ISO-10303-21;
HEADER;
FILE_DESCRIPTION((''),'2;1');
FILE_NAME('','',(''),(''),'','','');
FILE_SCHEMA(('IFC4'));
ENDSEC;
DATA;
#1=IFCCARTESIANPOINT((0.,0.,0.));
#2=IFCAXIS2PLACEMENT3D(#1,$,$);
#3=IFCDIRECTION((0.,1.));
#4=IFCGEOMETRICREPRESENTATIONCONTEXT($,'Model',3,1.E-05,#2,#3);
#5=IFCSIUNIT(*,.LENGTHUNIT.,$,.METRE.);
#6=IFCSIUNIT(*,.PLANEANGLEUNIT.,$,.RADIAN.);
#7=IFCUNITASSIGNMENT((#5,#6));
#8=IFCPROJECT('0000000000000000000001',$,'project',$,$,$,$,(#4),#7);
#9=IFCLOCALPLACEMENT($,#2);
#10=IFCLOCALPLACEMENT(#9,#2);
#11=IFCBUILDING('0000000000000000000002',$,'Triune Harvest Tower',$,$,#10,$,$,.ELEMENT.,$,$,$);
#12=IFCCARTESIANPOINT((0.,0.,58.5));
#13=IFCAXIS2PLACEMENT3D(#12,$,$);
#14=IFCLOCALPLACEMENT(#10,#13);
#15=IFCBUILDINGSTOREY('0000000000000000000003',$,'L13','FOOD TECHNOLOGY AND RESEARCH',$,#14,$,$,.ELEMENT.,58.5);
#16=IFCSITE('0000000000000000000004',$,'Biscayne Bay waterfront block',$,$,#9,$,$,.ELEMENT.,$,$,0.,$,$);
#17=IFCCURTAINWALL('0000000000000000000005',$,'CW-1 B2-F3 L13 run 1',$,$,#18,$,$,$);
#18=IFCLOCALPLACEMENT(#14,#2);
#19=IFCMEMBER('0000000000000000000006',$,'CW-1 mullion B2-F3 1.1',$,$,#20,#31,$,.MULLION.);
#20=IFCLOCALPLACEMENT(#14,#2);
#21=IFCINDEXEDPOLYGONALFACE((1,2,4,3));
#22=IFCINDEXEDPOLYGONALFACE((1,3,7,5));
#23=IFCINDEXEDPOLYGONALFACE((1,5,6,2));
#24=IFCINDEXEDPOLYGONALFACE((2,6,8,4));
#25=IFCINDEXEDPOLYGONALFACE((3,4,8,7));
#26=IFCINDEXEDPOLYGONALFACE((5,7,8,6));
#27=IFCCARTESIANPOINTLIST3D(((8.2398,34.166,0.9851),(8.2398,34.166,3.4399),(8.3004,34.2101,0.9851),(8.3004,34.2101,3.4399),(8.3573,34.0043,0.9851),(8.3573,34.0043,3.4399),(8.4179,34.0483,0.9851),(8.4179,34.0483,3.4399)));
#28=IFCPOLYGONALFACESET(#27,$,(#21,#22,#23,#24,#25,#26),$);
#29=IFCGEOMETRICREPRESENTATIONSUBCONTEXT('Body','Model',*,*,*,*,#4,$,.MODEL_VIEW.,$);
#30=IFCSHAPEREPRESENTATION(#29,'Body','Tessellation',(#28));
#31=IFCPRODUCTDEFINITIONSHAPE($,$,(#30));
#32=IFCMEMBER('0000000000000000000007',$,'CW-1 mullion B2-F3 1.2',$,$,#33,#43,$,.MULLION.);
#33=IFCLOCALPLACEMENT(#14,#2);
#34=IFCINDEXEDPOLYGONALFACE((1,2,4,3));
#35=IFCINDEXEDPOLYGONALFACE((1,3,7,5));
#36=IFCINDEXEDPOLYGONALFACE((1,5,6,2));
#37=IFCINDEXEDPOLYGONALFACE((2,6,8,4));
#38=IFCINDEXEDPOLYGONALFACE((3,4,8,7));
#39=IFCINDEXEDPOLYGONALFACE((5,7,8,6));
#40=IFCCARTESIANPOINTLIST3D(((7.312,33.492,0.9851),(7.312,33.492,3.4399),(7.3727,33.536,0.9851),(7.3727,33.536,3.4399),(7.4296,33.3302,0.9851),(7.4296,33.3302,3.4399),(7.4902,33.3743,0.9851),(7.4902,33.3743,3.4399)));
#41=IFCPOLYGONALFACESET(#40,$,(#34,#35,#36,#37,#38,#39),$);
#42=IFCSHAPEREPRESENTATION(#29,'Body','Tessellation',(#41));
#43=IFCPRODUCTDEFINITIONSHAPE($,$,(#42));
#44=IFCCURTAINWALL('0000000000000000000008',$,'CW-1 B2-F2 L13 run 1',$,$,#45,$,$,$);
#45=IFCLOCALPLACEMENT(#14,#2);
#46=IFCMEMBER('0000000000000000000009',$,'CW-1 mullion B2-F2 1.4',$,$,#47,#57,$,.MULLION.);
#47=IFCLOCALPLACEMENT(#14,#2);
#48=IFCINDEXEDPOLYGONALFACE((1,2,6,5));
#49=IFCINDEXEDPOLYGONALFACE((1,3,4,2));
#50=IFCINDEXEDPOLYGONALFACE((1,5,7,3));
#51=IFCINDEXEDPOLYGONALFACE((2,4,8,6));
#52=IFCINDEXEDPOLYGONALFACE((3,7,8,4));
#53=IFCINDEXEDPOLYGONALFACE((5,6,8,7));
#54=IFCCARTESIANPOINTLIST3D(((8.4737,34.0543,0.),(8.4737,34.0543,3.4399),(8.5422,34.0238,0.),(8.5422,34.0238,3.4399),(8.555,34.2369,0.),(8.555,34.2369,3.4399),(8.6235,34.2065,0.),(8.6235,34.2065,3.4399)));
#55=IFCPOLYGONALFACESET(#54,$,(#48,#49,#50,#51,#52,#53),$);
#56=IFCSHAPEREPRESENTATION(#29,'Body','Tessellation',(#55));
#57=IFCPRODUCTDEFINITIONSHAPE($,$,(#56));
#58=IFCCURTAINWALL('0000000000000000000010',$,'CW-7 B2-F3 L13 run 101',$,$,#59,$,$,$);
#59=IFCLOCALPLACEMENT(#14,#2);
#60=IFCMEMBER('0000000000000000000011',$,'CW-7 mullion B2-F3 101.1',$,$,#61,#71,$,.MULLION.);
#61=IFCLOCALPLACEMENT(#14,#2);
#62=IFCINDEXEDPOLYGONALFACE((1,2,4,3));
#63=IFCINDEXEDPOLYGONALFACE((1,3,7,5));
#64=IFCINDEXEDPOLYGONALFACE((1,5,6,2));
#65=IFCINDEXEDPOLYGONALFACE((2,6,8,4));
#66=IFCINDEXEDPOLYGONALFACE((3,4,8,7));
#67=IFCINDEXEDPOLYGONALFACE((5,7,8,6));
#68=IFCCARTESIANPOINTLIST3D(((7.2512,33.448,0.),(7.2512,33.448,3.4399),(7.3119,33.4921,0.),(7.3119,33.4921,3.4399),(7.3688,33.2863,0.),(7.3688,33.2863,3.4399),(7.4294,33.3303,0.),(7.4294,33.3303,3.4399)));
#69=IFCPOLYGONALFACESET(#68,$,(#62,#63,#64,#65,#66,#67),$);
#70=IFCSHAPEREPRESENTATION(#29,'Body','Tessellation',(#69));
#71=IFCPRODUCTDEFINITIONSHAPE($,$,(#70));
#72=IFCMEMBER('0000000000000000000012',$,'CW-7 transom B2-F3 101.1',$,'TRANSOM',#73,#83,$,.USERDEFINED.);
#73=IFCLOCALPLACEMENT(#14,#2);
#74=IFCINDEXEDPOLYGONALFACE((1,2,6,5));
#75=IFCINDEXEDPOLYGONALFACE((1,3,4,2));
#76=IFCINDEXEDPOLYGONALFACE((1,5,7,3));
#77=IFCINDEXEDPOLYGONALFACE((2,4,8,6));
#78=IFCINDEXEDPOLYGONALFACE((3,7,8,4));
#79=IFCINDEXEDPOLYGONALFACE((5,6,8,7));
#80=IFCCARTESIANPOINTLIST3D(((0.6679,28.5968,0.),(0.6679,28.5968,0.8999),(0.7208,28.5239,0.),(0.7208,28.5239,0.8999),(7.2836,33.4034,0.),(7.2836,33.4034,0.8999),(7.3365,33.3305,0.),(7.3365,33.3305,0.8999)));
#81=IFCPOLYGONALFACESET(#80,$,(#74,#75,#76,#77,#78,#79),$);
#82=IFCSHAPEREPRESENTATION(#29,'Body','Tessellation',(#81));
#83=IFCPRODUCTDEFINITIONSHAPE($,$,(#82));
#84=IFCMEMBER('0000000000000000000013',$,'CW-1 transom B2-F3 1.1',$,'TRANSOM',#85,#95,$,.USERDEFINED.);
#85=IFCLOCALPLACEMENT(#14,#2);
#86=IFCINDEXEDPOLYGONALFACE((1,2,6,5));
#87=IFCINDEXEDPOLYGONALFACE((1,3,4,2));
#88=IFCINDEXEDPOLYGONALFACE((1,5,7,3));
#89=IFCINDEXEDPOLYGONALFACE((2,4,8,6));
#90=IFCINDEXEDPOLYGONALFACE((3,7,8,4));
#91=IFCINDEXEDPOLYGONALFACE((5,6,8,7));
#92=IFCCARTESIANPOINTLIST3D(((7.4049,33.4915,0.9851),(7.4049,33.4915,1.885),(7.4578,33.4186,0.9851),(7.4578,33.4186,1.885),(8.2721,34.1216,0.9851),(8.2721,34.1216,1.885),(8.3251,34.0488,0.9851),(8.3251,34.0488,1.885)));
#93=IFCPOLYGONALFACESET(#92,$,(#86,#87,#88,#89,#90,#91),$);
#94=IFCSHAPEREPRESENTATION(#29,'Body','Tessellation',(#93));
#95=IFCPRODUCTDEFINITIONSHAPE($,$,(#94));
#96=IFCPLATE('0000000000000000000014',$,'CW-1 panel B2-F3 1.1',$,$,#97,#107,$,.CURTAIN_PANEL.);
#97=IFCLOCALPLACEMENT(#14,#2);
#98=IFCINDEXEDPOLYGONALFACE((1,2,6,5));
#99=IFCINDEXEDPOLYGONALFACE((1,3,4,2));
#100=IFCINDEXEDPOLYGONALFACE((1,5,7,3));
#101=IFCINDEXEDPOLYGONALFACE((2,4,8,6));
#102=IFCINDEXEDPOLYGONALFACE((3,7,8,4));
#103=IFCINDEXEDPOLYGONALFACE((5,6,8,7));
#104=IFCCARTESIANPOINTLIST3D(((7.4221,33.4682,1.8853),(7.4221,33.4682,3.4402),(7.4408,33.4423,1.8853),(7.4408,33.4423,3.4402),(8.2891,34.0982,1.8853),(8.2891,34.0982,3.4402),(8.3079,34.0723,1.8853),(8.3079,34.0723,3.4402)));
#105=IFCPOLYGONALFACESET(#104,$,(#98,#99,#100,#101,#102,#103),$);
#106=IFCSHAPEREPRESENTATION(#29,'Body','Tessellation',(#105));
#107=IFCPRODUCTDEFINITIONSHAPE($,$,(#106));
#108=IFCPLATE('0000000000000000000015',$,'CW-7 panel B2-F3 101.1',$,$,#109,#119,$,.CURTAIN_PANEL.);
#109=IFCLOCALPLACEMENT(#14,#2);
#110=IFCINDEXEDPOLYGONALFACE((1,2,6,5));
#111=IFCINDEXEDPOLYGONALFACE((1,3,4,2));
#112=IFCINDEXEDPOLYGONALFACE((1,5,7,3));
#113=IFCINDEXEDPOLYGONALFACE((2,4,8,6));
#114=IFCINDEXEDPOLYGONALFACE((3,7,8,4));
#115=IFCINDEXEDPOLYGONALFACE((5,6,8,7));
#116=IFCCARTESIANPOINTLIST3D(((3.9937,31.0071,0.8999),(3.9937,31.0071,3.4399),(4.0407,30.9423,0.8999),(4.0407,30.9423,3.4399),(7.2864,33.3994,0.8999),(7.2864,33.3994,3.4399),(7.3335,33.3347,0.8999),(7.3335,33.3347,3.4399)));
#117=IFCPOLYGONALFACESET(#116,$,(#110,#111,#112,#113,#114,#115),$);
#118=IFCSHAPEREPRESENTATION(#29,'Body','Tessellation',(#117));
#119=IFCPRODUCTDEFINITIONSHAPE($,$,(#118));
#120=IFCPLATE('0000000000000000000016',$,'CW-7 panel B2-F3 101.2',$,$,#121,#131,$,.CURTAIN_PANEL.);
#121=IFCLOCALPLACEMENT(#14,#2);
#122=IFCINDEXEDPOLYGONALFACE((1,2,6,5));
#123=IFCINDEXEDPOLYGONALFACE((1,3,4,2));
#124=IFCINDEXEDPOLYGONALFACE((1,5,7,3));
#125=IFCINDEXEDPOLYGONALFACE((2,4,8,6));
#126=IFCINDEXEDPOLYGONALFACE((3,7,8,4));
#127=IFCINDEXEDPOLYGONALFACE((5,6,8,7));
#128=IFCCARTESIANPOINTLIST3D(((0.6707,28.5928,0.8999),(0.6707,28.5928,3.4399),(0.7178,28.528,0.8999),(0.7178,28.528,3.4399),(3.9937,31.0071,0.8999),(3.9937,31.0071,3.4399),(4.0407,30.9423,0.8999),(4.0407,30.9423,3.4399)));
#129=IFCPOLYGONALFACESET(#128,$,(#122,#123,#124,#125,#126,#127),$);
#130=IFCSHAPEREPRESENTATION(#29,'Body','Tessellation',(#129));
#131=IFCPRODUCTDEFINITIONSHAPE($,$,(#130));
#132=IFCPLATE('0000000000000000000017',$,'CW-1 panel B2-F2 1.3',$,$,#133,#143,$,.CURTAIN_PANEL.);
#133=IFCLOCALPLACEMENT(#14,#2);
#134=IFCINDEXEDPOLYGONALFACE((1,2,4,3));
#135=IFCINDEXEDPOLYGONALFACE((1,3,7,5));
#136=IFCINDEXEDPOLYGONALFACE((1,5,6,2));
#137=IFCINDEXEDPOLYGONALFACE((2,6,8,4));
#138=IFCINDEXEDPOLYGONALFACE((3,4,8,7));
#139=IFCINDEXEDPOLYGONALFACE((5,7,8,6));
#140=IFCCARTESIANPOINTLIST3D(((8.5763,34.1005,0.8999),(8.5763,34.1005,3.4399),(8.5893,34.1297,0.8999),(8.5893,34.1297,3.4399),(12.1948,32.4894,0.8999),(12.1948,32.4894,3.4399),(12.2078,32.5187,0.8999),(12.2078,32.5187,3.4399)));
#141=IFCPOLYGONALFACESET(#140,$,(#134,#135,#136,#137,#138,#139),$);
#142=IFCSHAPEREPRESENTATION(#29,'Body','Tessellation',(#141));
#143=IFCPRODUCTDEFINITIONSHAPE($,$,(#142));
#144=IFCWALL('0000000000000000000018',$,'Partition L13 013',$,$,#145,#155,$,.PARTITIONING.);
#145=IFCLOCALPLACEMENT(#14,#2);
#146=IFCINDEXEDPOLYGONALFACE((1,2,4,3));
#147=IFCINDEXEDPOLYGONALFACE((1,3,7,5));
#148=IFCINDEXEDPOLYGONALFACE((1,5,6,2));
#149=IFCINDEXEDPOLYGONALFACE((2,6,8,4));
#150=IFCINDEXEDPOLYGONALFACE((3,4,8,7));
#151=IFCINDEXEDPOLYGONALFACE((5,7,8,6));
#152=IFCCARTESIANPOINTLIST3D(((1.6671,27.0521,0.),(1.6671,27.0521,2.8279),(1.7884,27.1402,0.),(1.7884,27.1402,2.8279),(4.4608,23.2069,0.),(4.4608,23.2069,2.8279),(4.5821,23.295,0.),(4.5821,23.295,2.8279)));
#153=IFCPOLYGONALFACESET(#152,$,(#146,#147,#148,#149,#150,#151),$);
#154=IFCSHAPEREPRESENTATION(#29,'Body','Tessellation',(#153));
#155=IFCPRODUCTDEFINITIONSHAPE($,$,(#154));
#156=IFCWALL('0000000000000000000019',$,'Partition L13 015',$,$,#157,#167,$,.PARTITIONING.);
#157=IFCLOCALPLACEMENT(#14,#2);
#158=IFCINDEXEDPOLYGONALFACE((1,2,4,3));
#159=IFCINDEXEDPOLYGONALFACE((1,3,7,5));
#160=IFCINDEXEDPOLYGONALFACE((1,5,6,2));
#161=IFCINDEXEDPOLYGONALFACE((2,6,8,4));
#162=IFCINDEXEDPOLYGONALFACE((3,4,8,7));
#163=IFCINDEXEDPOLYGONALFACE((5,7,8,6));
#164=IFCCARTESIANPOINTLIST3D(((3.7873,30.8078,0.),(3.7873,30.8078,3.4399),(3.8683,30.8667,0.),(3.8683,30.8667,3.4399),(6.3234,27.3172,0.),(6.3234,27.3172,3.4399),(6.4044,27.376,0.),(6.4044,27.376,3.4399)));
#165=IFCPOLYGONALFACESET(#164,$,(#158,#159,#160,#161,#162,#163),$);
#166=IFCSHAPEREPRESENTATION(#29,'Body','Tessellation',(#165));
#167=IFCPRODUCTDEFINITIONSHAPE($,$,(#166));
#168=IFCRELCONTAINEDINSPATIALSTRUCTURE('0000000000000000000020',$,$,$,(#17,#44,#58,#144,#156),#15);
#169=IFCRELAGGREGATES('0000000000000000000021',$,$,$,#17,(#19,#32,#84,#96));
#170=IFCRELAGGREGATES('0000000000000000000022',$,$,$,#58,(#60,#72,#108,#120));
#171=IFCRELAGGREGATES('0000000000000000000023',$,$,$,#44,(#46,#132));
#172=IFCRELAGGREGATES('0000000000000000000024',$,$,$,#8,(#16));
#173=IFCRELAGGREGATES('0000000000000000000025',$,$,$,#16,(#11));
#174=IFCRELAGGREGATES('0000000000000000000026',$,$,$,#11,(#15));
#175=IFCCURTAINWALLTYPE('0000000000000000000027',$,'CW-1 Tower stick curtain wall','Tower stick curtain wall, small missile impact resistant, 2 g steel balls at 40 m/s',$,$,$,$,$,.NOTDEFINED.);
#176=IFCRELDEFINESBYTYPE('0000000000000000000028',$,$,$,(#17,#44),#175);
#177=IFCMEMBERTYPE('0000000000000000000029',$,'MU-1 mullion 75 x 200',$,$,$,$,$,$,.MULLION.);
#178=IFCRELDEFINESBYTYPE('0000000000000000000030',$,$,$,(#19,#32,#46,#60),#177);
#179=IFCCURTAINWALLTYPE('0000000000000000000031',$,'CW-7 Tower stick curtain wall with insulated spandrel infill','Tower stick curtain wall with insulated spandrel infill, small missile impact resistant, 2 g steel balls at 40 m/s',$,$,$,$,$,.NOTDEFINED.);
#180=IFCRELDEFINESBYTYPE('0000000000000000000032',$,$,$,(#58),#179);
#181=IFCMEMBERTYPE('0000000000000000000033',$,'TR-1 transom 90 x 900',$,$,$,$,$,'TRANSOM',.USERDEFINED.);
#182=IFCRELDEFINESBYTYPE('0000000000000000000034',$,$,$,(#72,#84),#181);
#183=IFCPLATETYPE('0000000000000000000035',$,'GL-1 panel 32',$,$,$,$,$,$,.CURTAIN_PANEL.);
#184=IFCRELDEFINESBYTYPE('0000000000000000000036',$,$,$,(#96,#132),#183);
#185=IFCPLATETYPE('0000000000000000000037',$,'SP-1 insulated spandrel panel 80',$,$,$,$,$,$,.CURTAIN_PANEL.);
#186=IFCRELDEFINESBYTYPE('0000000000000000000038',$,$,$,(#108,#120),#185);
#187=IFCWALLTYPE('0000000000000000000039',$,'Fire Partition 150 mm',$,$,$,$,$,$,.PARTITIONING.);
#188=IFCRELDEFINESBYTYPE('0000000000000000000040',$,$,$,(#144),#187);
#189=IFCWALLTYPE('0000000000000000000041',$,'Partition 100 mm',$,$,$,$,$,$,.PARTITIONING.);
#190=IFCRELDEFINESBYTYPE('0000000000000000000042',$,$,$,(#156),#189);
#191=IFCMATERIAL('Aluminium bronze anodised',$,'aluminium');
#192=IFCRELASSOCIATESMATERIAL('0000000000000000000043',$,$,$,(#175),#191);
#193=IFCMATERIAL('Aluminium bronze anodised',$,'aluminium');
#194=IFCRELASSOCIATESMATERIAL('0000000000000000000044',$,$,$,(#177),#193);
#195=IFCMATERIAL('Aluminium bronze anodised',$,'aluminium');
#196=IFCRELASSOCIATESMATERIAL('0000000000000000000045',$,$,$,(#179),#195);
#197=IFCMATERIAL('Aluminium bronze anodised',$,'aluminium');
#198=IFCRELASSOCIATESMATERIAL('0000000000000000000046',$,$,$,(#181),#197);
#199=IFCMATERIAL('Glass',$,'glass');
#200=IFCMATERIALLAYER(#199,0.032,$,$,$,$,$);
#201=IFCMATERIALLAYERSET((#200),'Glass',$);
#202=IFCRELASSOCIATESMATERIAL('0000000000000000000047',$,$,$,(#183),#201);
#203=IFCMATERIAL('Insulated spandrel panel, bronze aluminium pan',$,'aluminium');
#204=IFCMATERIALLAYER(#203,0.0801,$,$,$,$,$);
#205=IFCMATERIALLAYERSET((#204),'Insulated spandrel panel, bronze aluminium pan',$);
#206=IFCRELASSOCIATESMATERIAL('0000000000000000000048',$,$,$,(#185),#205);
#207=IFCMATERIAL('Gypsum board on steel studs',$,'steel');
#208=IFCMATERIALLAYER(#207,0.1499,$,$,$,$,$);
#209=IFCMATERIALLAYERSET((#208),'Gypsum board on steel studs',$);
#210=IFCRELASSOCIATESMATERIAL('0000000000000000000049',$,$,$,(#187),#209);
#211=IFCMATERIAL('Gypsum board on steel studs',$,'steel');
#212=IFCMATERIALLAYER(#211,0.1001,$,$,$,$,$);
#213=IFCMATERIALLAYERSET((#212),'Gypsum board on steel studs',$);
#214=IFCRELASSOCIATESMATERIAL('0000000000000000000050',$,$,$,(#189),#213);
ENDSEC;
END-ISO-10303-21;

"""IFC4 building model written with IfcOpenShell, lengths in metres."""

from ifc_helpers import new_model, si_unit, direction, frame, frame_2d, origin, origin_2d, place, context, subcontext, project, spatial, rectangle, extrude, source, transform, mapped, material, layer, layer_set, material_profile, profile_set, type_object, element, aggregate, save


model = new_model("IFC4")

# Units and contexts
model_context = context("Model", 3, precision=1e-05, world=origin(), true_north=direction((0.0, 1.0)))
body_context = subcontext(model_context, "Body", "Model", "MODEL_VIEW")
ifc_project = project(units=[si_unit("LENGTHUNIT", "METRE"), si_unit("PLANEANGLEUNIT", "RADIAN")], contexts=[model_context])

# Site, building, storey
site_placement = place(None, origin())
site = spatial("IfcSite", under=ifc_project, at=site_placement, Name="Biscayne Bay waterfront block", CompositionType="ELEMENT", RefElevation=0.0)
building_placement = place(site_placement, origin())
building = spatial("IfcBuilding", under=site, at=building_placement, Name="Triune Harvest Tower", CompositionType="ELEMENT")
storey_placement = place(building_placement, frame((0.0, 0.0, 58.5)))
storey = spatial("IfcBuildingStorey", under=building, at=storey_placement, Name="L13", Description="FOOD TECHNOLOGY AND RESEARCH", CompositionType="ELEMENT", Elevation=58.5)

# Curtain wall, members
ifc_material_1 = material(Name="Aluminium bronze anodised", Category="aluminium")
curtain_wall_type_1 = type_object("IfcCurtainWallType", Name="CW-1 Tower stick curtain wall", Description="Tower stick curtain wall, small missile impact resistant, 2 g steel balls at 40 m/s", PredefinedType="NOTDEFINED", material=ifc_material_1)
curtain_wall_1_placement = place(storey_placement, origin())
curtain_wall_1 = element("IfcCurtainWall", 1, at=curtain_wall_1_placement, inside=storey, type_object=curtain_wall_type_1, Name="CW-1 B2-F3 L13 run 1")
ifc_material_2 = material(Name="Aluminium bronze anodised", Category="aluminium")
ifc_material_profile_1 = material_profile(ifc_material_2, rectangle(XDim=0.2, YDim=0.075, at=origin_2d()), Name="MU-1 mullion 75 x 200")
ifc_profile_set_1 = profile_set([ifc_material_profile_1], Name="Aluminium bronze anodised")
member_type_1 = type_object("IfcMemberType", Name="MU-1 mullion 75 x 200", PredefinedType="MULLION", material=ifc_profile_set_1)
shared_shape_1 = source(origin(), body_context, "Body", "SweptSolid", [
    extrude(rectangle(XDim=0.2, YDim=0.075, at=origin_2d()), origin(), (0.0, 0.0, 1.0), 2.4548),
])
member_1_placement = place(storey_placement, frame((8.3289, 34.1072, 0.9851), z_axis=(0.0, 0.0, 1.0), x_axis=(0.587792, -0.809012, 0.0)))
member_1 = element("IfcMember", 2, at=member_1_placement, type_object=member_type_1, Name="CW-1 mullion B2-F3 1.1", PredefinedType="MULLION", context=body_context, shape_type="MappedRepresentation", body=[
    mapped(shared_shape_1, transform((0.0, 0.0, 0.0), scale=1.0)),
])
member_2_placement = place(storey_placement, frame((7.4011, 33.4331, 0.9851), z_axis=(0.0, 0.0, 1.0), x_axis=(0.587792, -0.809012, 0.0)))
member_2 = element("IfcMember", 3, at=member_2_placement, type_object=member_type_1, Name="CW-1 mullion B2-F3 1.2", PredefinedType="MULLION", context=body_context, shape_type="MappedRepresentation", body=[
    mapped(shared_shape_1, transform((0.0, 0.0, 0.0), scale=1.0)),
])

# Curtain wall, member
curtain_wall_2_placement = place(storey_placement, origin())
curtain_wall_2 = element("IfcCurtainWall", 4, at=curtain_wall_2_placement, inside=storey, type_object=curtain_wall_type_1, Name="CW-1 B2-F2 L13 run 1")
shared_shape_2 = source(origin(), body_context, "Body", "SweptSolid", [
    extrude(rectangle(XDim=0.2, YDim=0.075, at=origin_2d()), origin(), (0.0, 0.0, 1.0), 3.4399),
])
member_3_placement = place(storey_placement, frame((8.5486, 34.1304, 0.0), z_axis=(0.0, 0.0, 1.0), x_axis=(-0.406734, -0.913547, 0.0)))
member_3 = element("IfcMember", 5, at=member_3_placement, type_object=member_type_1, Name="CW-1 mullion B2-F2 1.4", PredefinedType="MULLION", context=body_context, shape_type="MappedRepresentation", body=[
    mapped(shared_shape_2, transform((0.0, 0.0, 0.0), scale=1.0)),
])

# Curtain wall, members
ifc_material_3 = material(Name="Aluminium bronze anodised", Category="aluminium")
curtain_wall_type_2 = type_object("IfcCurtainWallType", Name="CW-7 Tower stick curtain wall with insulated spandrel infill", Description="Tower stick curtain wall with insulated spandrel infill, small missile impact resistant, 2 g steel balls at 40 m/s", PredefinedType="NOTDEFINED", material=ifc_material_3)
curtain_wall_3_placement = place(storey_placement, origin())
curtain_wall_3 = element("IfcCurtainWall", 6, at=curtain_wall_3_placement, inside=storey, type_object=curtain_wall_type_2, Name="CW-7 B2-F3 L13 run 101")
member_4_placement = place(storey_placement, frame((7.3403, 33.3892, 0.0), z_axis=(0.0, 0.0, 1.0), x_axis=(0.587783, -0.809018, 0.0)))
member_4 = element("IfcMember", 7, at=member_4_placement, type_object=member_type_1, Name="CW-7 mullion B2-F3 101.1", PredefinedType="MULLION", context=body_context, shape_type="MappedRepresentation", body=[
    mapped(shared_shape_2, transform((0.0, 0.0, 0.0), scale=1.0)),
])
ifc_material_4 = material(Name="Aluminium bronze anodised", Category="aluminium")
ifc_material_profile_2 = material_profile(ifc_material_4, rectangle(XDim=0.0901, YDim=0.8999, at=origin_2d()), Name="TR-1 transom 90 x 900")
ifc_profile_set_2 = profile_set([ifc_material_profile_2], Name="Aluminium bronze anodised")
member_type_2 = type_object("IfcMemberType", Name="TR-1 transom 90 x 900", ElementType="TRANSOM", PredefinedType="USERDEFINED", material=ifc_profile_set_2)
shared_shape_3 = source(origin(), body_context, "Body", "SweptSolid", [
    extrude(rectangle(XDim=0.0901, YDim=0.8999, at=origin_2d()), origin(), (0.0, 0.0, 1.0), 8.1775),
])
member_5_placement = place(storey_placement, frame((7.3101, 33.3669, 0.45), z_axis=(-0.809015, -0.587788, 0.0), x_axis=(0.587788, -0.809015, 0.0)))
member_5 = element("IfcMember", 8, at=member_5_placement, type_object=member_type_2, Name="CW-7 transom B2-F3 101.1", ObjectType="TRANSOM", PredefinedType="USERDEFINED", context=body_context, shape_type="MappedRepresentation", body=[
    mapped(shared_shape_3, transform((0.0, 0.0, 0.0), scale=1.0)),
])

# Member
shared_shape_4 = source(origin(), body_context, "Body", "SweptSolid", [
    extrude(rectangle(XDim=0.0901, YDim=0.8999, at=origin_2d()), origin(), (0.0, 0.0, 1.0), 1.072),
])
member_6_placement = place(storey_placement, frame((8.2986, 34.0852, 1.4351), z_axis=(-0.808982, -0.587833, 0.0), x_axis=(0.587833, -0.808982, 0.0)))
member_6 = element("IfcMember", 9, at=member_6_placement, type_object=member_type_2, Name="CW-1 transom B2-F3 1.1", ObjectType="TRANSOM", PredefinedType="USERDEFINED", context=body_context, shape_type="MappedRepresentation", body=[
    mapped(shared_shape_4, transform((0.0, 0.0, 0.0), scale=1.0)),
])

# Plates
ifc_material_5 = material(Name="Glass", Category="glass")
ifc_layer_1 = layer(ifc_material_5, 0.032)
ifc_layer_set_1 = layer_set([ifc_layer_1], Name="Glass")
plate_type_1 = type_object("IfcPlateType", Name="GL-1 panel 32", PredefinedType="CURTAIN_PANEL", material=ifc_layer_set_1)
shared_shape_5 = source(origin(), body_context, "Body", "SweptSolid", [
    extrude(rectangle(XDim=1.0718, YDim=0.032, at=origin_2d()), origin(), (0.0, 0.0, 1.0), 1.5549),
])
plate_1_placement = place(storey_placement, frame((7.865, 33.7703, 1.8853), z_axis=(0.0, 0.0, 1.0), x_axis=(-0.809012, -0.587792, 0.0)))
plate_1 = element("IfcPlate", 10, at=plate_1_placement, type_object=plate_type_1, Name="CW-1 panel B2-F3 1.1", PredefinedType="CURTAIN_PANEL", context=body_context, shape_type="MappedRepresentation", body=[
    mapped(shared_shape_5, transform((0.0, 0.0, 0.0), scale=1.0)),
])
aggregate(curtain_wall_1, [member_1, member_2, member_6, plate_1])
ifc_material_6 = material(Name="Insulated spandrel panel, bronze aluminium pan", Category="aluminium")
ifc_layer_2 = layer(ifc_material_6, 0.0801)
ifc_layer_set_2 = layer_set([ifc_layer_2], Name="Insulated spandrel panel, bronze aluminium pan")
plate_type_2 = type_object("IfcPlateType", Name="SP-1 insulated spandrel panel 80", PredefinedType="CURTAIN_PANEL", material=ifc_layer_set_2)
shared_shape_6 = source(origin(), body_context, "Body", "SweptSolid", [
    extrude(rectangle(XDim=4.0701, YDim=0.0801, at=origin_2d()), origin(), (0.0, 0.0, 1.0), 2.54),
])
plate_2_placement = place(storey_placement, frame((5.6636, 32.1709, 0.8999), z_axis=(0.0, 0.0, 1.0), x_axis=(-0.809018, -0.587783, 0.0)))
plate_2 = element("IfcPlate", 11, at=plate_2_placement, type_object=plate_type_2, Name="CW-7 panel B2-F3 101.1", PredefinedType="CURTAIN_PANEL", context=body_context, shape_type="MappedRepresentation", body=[
    mapped(shared_shape_6, transform((0.0, 0.0, 0.0), scale=1.0)),
])
shared_shape_7 = source(origin(), body_context, "Body", "SweptSolid", [
    extrude(rectangle(XDim=4.1074, YDim=0.0801, at=origin_2d()), origin(), (0.0, 0.0, 1.0), 2.54),
])
plate_3_placement = place(storey_placement, frame((2.3557, 29.7676, 0.8999), z_axis=(0.0, 0.0, 1.0), x_axis=(-0.809018, -0.587783, 0.0)))
plate_3 = element("IfcPlate", 12, at=plate_3_placement, type_object=plate_type_2, Name="CW-7 panel B2-F3 101.2", PredefinedType="CURTAIN_PANEL", context=body_context, shape_type="MappedRepresentation", body=[
    mapped(shared_shape_7, transform((0.0, 0.0, 0.0), scale=1.0)),
])
aggregate(curtain_wall_3, [member_4, member_5, plate_2, plate_3])
shared_shape_8 = source(origin(), body_context, "Body", "SweptSolid", [
    extrude(rectangle(XDim=3.9609, YDim=0.032, at=origin_2d()), origin(), (0.0, 0.0, 1.0), 2.54),
])
plate_4_placement = place(storey_placement, frame((10.3921, 33.3096, 0.8999), z_axis=(0.0, 0.0, 1.0), x_axis=(-0.913547, 0.406734, 0.0)))
plate_4 = element("IfcPlate", 13, at=plate_4_placement, type_object=plate_type_1, Name="CW-1 panel B2-F2 1.3", PredefinedType="CURTAIN_PANEL", context=body_context, shape_type="MappedRepresentation", body=[
    mapped(shared_shape_8, transform((0.0, 0.0, 0.0), scale=1.0)),
])
aggregate(curtain_wall_2, [member_3, plate_4])

# Walls
ifc_material_7 = material(Name="Gypsum board on steel studs", Category="steel")
ifc_layer_3 = layer(ifc_material_7, 0.1499)
ifc_layer_set_3 = layer_set([ifc_layer_3], Name="Gypsum board on steel studs")
wall_type_1 = type_object("IfcWallType", Name="Fire Partition 150 mm", PredefinedType="PARTITIONING", material=ifc_layer_set_3)
shared_shape_9 = source(origin(), body_context, "Body", "SweptSolid", [
    extrude(rectangle(XDim=4.7529, YDim=0.1499, at=frame_2d((2.3765, 0.0))), origin(), (0.0, 0.0, 1.0), 2.8279),
])
wall_1_placement = place(storey_placement, frame((1.7278, 27.0962, 0.0), z_axis=(0.0, 0.0, 1.0), x_axis=(0.587784, -0.809018, 0.0)))
element("IfcWall", 14, at=wall_1_placement, inside=storey, type_object=wall_type_1, Name="Partition L13 013", PredefinedType="PARTITIONING", context=body_context, shape_type="MappedRepresentation", body=[
    mapped(shared_shape_9, transform((0.0, 0.0, 0.0), scale=1.0)),
])
ifc_material_8 = material(Name="Gypsum board on steel studs", Category="steel")
ifc_layer_4 = layer(ifc_material_8, 0.1001)
ifc_layer_set_4 = layer_set([ifc_layer_4], Name="Gypsum board on steel studs")
wall_type_2 = type_object("IfcWallType", Name="Partition 100 mm", PredefinedType="PARTITIONING", material=ifc_layer_set_4)
shared_shape_10 = source(origin(), body_context, "Body", "SweptSolid", [
    extrude(rectangle(XDim=4.3147, YDim=0.1001, at=frame_2d((2.1572, 0.0))), origin(), (0.0, 0.0, 1.0), 3.4399),
])
wall_2_placement = place(storey_placement, frame((3.8279, 30.8372, 0.0), z_axis=(0.0, 0.0, 1.0), x_axis=(0.587781, -0.80902, 0.0)))
element("IfcWall", 15, at=wall_2_placement, inside=storey, type_object=wall_type_2, Name="Partition L13 015", PredefinedType="PARTITIONING", context=body_context, shape_type="MappedRepresentation", body=[
    mapped(shared_shape_10, transform((0.0, 0.0, 0.0), scale=1.0)),
])

save(model, "model.ifc")
